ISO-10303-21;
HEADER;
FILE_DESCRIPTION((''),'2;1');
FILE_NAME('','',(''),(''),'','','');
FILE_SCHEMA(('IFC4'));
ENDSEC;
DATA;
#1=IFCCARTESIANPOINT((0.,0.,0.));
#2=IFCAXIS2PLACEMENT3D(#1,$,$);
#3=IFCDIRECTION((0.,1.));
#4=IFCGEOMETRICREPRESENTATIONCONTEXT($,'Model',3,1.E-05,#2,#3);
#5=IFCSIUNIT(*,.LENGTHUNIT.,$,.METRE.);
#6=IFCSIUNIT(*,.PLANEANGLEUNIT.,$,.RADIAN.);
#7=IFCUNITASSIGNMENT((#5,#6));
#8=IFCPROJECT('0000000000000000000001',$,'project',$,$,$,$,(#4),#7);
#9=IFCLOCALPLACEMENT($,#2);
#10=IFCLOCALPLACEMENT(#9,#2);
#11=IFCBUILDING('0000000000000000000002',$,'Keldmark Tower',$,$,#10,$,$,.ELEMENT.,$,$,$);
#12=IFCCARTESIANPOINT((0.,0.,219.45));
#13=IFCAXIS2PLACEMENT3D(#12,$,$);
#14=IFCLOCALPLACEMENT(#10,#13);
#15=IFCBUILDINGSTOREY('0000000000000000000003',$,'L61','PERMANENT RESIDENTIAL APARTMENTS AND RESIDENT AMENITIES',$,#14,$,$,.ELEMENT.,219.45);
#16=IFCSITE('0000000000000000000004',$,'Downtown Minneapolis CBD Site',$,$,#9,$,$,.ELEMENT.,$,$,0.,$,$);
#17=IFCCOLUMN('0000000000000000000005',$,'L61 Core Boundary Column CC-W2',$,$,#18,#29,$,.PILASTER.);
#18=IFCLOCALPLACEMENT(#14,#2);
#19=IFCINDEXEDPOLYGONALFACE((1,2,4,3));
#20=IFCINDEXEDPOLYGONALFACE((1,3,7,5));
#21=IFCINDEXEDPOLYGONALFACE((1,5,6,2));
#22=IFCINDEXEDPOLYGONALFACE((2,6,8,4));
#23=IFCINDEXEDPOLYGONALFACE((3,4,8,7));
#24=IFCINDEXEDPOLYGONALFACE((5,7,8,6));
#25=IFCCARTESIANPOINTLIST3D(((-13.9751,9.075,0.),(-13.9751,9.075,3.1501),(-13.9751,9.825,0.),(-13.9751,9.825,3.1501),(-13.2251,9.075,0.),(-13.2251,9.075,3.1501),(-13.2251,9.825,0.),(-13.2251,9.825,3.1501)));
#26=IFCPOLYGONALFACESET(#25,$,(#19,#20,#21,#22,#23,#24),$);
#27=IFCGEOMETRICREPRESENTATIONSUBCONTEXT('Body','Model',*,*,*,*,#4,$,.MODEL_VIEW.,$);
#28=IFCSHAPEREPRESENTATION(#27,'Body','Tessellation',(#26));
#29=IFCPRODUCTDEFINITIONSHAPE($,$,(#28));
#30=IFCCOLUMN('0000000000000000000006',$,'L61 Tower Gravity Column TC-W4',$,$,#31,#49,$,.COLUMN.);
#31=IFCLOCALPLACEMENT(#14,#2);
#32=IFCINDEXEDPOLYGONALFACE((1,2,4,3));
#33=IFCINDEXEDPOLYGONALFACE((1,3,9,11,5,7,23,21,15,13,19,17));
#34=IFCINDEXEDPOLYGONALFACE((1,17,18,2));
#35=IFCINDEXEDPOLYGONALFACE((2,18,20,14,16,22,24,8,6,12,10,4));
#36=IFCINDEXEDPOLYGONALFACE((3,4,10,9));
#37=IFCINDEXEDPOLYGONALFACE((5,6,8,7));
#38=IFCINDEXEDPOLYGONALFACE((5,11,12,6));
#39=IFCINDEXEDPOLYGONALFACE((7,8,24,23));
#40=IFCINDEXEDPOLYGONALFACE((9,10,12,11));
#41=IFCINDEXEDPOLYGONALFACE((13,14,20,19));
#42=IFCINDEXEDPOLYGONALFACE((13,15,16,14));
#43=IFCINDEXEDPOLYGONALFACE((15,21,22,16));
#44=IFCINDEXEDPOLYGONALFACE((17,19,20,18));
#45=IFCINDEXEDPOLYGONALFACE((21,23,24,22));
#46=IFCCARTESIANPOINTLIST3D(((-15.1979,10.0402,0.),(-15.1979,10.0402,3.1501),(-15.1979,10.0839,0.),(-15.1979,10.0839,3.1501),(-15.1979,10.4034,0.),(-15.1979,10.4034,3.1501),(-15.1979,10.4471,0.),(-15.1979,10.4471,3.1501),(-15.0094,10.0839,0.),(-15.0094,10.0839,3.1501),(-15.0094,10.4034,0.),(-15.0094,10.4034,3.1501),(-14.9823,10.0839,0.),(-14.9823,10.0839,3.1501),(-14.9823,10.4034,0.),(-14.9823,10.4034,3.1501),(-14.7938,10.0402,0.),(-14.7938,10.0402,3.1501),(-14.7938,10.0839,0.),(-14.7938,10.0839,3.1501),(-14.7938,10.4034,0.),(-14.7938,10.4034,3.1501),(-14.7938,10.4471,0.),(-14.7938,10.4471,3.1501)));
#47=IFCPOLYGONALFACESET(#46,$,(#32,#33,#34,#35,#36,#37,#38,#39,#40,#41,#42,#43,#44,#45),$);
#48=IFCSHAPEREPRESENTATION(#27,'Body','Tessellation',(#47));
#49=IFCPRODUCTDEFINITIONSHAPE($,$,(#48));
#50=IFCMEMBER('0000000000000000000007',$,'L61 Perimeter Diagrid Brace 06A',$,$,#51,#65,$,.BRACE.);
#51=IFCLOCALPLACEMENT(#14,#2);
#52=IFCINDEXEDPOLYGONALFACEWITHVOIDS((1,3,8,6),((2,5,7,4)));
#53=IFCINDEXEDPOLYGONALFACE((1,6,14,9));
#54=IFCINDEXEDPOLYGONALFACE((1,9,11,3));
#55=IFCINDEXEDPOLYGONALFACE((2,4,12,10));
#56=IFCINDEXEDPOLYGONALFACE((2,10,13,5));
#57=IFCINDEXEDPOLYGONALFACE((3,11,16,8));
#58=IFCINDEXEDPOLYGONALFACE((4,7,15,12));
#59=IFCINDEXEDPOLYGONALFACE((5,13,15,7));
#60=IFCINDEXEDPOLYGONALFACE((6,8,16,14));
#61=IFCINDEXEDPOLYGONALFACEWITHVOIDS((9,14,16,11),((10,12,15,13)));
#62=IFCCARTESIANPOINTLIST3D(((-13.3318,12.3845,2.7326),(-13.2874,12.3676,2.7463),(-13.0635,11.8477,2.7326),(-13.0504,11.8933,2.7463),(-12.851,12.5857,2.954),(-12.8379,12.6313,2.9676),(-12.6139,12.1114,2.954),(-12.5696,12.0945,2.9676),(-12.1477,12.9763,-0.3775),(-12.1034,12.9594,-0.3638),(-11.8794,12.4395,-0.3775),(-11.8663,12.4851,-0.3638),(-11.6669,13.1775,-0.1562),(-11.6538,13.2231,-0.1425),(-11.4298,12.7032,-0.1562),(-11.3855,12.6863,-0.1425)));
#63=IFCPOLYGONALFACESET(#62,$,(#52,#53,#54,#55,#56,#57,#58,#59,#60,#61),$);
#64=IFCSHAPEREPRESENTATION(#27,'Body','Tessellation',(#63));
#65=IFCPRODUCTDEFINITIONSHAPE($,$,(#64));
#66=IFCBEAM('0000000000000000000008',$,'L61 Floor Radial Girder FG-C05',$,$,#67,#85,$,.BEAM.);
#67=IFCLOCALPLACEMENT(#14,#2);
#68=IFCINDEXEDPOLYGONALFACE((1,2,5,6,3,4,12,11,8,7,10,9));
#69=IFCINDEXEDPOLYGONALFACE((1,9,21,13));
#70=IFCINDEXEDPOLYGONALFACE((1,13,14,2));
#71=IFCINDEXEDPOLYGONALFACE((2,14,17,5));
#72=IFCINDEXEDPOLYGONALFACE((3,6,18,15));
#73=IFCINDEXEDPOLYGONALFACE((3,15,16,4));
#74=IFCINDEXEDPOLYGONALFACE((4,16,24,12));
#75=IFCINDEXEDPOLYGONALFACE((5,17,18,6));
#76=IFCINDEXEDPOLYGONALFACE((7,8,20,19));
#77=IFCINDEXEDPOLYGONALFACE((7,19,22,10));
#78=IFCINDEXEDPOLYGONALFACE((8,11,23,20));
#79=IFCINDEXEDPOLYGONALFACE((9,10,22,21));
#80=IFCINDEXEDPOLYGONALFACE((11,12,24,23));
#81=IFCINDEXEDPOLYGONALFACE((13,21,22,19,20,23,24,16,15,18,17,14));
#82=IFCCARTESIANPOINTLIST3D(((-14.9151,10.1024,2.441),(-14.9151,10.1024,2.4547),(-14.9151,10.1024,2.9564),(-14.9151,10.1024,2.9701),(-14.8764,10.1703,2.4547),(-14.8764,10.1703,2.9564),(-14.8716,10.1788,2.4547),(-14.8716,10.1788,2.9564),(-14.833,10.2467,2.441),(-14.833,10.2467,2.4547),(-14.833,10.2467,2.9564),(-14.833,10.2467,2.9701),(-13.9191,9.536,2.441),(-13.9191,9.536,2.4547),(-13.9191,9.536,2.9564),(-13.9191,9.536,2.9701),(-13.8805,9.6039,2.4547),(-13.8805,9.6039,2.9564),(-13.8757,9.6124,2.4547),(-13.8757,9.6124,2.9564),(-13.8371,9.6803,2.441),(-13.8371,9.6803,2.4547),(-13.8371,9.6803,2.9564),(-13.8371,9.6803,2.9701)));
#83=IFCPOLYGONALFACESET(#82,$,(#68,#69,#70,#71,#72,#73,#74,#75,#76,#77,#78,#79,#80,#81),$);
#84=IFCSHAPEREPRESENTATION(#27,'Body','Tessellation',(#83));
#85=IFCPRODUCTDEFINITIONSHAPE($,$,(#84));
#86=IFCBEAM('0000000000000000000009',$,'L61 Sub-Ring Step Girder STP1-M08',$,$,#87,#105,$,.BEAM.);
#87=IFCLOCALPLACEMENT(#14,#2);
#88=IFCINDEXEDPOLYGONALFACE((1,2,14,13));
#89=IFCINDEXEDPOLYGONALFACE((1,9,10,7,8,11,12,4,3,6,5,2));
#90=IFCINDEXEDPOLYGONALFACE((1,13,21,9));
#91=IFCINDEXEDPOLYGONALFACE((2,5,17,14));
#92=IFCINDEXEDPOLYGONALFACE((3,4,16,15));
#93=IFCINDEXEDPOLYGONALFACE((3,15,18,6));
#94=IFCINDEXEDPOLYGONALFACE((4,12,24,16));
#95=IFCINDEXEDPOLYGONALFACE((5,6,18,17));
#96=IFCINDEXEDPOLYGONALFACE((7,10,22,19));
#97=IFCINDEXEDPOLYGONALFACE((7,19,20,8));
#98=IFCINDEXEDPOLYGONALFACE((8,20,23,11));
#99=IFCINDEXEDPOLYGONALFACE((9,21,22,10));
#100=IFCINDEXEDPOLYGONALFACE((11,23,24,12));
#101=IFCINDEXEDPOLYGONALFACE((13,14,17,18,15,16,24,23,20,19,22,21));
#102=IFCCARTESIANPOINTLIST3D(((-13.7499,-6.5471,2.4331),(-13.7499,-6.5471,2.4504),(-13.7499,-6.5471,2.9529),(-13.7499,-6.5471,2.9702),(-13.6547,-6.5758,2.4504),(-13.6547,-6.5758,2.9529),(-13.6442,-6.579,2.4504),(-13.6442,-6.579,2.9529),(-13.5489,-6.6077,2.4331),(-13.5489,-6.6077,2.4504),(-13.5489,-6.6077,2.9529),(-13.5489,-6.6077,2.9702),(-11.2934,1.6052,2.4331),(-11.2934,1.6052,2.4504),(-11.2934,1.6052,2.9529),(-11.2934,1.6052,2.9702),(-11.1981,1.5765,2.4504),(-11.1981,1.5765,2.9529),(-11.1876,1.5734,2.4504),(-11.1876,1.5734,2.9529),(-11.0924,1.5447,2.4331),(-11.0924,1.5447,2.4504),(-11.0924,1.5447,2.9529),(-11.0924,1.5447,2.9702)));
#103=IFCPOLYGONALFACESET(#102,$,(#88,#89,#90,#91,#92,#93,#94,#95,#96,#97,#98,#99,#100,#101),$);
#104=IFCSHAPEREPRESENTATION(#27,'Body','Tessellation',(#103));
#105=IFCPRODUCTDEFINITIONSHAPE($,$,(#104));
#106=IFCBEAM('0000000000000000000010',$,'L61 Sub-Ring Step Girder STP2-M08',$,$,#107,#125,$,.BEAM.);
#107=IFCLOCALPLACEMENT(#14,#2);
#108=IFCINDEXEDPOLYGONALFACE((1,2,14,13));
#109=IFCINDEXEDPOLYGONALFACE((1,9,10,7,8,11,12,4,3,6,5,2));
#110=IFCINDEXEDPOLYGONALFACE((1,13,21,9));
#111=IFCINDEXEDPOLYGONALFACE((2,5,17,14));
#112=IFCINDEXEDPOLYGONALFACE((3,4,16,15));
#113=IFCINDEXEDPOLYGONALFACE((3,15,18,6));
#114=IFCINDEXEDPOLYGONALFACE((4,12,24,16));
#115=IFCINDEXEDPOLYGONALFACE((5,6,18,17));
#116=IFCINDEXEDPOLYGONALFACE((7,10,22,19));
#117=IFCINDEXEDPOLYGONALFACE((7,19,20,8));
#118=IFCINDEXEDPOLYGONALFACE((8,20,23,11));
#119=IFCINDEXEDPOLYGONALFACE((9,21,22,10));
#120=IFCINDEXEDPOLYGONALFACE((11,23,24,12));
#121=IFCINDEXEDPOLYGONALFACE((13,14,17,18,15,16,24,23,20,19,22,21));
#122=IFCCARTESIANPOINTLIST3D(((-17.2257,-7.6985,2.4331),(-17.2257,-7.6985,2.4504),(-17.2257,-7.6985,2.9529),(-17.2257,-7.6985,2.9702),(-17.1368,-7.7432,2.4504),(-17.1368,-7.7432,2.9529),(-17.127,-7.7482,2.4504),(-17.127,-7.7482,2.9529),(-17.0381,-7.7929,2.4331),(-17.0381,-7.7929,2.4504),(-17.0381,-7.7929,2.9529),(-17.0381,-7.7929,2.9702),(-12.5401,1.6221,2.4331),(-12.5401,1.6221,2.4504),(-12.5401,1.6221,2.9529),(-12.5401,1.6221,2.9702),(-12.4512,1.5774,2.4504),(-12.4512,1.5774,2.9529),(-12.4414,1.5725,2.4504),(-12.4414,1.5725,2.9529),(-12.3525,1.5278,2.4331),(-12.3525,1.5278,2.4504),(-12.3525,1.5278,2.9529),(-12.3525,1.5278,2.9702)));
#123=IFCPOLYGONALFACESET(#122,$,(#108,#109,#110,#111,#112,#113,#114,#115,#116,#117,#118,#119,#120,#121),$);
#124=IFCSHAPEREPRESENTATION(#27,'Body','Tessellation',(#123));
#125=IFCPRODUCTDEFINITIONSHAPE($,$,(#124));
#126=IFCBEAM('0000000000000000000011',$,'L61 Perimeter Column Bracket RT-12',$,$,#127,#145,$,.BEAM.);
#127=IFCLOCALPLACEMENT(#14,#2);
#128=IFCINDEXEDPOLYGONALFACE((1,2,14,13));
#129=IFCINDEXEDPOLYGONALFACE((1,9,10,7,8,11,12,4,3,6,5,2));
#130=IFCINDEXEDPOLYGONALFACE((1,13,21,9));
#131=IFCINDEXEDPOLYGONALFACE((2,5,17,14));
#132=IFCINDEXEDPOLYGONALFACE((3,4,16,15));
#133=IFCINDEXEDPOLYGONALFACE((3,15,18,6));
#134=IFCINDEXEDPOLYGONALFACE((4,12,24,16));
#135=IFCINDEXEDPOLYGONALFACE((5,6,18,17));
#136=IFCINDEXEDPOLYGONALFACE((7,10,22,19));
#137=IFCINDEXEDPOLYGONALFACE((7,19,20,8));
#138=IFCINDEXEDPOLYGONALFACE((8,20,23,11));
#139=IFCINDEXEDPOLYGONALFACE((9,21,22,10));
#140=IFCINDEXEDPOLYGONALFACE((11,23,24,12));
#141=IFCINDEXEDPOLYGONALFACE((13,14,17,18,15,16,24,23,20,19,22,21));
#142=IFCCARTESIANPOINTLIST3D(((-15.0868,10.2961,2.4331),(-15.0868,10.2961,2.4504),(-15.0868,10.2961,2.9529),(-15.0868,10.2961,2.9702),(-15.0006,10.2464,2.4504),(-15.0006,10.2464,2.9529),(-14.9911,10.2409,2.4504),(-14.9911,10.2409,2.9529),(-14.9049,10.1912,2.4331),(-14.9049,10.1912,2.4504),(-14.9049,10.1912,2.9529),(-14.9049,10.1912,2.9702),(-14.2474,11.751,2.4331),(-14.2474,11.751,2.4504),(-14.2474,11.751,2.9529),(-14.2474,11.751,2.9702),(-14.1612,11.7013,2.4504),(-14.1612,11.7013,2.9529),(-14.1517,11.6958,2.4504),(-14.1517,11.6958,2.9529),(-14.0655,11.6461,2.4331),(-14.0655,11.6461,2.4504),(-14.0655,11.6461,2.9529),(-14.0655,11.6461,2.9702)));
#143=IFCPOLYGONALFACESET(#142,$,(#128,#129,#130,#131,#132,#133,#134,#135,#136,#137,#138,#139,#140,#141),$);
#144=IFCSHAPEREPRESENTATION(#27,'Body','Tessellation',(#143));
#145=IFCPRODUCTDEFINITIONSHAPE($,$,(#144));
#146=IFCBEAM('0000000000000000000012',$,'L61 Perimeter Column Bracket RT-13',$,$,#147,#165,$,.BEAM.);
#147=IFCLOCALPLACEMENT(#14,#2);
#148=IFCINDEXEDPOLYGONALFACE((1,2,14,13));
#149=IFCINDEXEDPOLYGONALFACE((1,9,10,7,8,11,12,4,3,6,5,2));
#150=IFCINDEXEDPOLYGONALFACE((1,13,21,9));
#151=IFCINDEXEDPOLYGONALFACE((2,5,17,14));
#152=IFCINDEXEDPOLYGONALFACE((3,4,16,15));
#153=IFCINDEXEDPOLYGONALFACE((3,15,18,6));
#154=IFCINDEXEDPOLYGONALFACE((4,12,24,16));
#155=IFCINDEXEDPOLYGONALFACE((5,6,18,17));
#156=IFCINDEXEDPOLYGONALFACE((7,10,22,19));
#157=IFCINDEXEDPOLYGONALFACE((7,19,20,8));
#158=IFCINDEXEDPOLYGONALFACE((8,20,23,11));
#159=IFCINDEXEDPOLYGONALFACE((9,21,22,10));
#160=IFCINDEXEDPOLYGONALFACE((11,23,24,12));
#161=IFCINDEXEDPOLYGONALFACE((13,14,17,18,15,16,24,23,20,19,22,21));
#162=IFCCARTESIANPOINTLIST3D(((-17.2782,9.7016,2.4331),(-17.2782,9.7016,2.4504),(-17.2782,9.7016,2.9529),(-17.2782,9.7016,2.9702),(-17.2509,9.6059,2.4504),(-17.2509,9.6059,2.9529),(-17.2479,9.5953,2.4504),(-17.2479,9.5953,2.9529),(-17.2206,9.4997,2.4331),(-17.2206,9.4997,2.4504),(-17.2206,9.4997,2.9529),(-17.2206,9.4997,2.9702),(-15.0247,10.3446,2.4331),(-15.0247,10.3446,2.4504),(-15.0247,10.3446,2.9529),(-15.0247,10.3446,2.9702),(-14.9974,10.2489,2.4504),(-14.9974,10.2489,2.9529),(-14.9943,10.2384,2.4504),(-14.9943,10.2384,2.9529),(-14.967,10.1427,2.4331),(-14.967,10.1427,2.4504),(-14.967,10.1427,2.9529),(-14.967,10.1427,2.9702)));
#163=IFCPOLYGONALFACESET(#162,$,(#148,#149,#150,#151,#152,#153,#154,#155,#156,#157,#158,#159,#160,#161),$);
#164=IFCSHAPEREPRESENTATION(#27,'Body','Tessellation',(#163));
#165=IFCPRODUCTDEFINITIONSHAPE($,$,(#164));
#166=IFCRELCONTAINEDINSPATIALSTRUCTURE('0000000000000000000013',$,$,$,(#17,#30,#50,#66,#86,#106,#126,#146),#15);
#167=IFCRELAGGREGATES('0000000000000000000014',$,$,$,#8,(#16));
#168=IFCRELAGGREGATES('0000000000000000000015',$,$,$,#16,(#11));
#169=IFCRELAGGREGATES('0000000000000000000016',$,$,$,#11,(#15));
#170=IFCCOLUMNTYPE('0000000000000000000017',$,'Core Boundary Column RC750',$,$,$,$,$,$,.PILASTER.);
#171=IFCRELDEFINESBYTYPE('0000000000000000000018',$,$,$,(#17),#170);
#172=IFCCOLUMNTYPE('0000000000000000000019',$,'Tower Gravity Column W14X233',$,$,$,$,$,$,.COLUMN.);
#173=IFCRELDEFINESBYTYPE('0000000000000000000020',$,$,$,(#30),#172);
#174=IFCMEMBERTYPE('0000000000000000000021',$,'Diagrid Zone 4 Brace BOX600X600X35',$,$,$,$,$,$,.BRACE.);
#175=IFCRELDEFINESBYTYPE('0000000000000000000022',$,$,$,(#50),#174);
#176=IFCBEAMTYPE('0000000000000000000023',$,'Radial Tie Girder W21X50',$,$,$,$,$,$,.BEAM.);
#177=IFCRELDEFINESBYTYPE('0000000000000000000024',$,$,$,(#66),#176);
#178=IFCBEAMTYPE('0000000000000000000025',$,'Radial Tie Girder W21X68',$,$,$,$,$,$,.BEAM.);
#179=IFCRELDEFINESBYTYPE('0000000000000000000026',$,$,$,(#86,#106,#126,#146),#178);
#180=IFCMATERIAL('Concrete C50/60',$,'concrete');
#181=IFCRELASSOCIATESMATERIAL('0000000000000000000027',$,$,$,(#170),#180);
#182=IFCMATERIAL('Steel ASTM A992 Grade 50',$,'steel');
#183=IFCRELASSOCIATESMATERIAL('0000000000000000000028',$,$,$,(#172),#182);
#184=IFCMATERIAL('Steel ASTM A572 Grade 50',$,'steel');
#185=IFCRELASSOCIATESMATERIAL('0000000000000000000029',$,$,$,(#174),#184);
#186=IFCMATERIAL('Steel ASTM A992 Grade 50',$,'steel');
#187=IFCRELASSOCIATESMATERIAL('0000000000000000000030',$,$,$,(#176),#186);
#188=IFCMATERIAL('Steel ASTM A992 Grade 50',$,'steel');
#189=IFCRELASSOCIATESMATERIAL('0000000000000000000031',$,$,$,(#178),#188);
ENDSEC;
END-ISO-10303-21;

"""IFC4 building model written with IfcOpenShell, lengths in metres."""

from ifc_helpers import new_model, si_unit, direction, frame, origin, origin_2d, place, context, subcontext, project, spatial, rectangle, hollow_rectangle, i_section, extrude, material, material_profile, profile_set, type_object, element, save


model = new_model("IFC4")

# Units and contexts
model_context = context("Model", 3, precision=1e-05, world=origin(), true_north=direction((0.0, 1.0)))
body_context = subcontext(model_context, "Body", "Model", "MODEL_VIEW")
ifc_project = project(units=[si_unit("LENGTHUNIT", "METRE"), si_unit("PLANEANGLEUNIT", "RADIAN")], contexts=[model_context])

# Site, building, storey
site_placement = place(None, origin())
site = spatial("IfcSite", under=ifc_project, at=site_placement, Name="Downtown Minneapolis CBD Site", CompositionType="ELEMENT", RefElevation=0.0)
building_placement = place(site_placement, origin())
building = spatial("IfcBuilding", under=site, at=building_placement, Name="Keldmark Tower", CompositionType="ELEMENT")
storey_placement = place(building_placement, frame((0.0, 0.0, 219.45)))
storey = spatial("IfcBuildingStorey", under=building, at=storey_placement, Name="L61", Description="PERMANENT RESIDENTIAL APARTMENTS AND RESIDENT AMENITIES", CompositionType="ELEMENT", Elevation=219.45)

# Columns
ifc_material_1 = material(Name="Concrete C50/60", Category="concrete")
ifc_material_profile_1 = material_profile(ifc_material_1, rectangle(XDim=0.75, YDim=0.75, at=origin_2d()), Name="RC750X750")
ifc_profile_set_1 = profile_set([ifc_material_profile_1], Name="Concrete C50/60")
column_type_1 = type_object("IfcColumnType", Name="Core Boundary Column RC750", PredefinedType="PILASTER", material=ifc_profile_set_1)
column_1_placement = place(storey_placement, frame((-13.6001, 9.45, 0.0), z_axis=(0.0, 0.0, 1.0), x_axis=(1.0, 0.0, 0.0)))
element("IfcColumn", 1, at=column_1_placement, inside=storey, type_object=column_type_1, Name="L61 Core Boundary Column CC-W2", PredefinedType="PILASTER", context=body_context, shape_type="SweptSolid", body=[
    extrude(rectangle(XDim=0.75, YDim=0.75, at=origin_2d()), origin(), (0.0, 0.0, 1.0), 3.1501),
])
ifc_material_2 = material(Name="Steel ASTM A992 Grade 50", Category="steel")
ifc_material_profile_2 = material_profile(ifc_material_2, i_section(OverallWidth=0.4041, OverallDepth=0.407, WebThickness=0.0271, FlangeThickness=0.0437, at=origin_2d()), Name="W14X233")
ifc_profile_set_2 = profile_set([ifc_material_profile_2], Name="Steel ASTM A992 Grade 50")
column_type_2 = type_object("IfcColumnType", Name="Tower Gravity Column W14X233", PredefinedType="COLUMN", material=ifc_profile_set_2)
column_2_placement = place(storey_placement, frame((-14.9958, 10.2437, 0.0), z_axis=(0.0, 0.0, 1.0), x_axis=(1.0, 0.0, 0.0)))
element("IfcColumn", 2, at=column_2_placement, inside=storey, type_object=column_type_2, Name="L61 Tower Gravity Column TC-W4", PredefinedType="COLUMN", context=body_context, shape_type="SweptSolid", body=[
    extrude(i_section(OverallWidth=0.4041, OverallDepth=0.407, WebThickness=0.0271, FlangeThickness=0.0437, at=origin_2d()), origin(), (0.0, 0.0, 1.0), 3.1501),
])

# Member
ifc_material_3 = material(Name="Steel ASTM A572 Grade 50", Category="steel")
ifc_material_profile_3 = material_profile(ifc_material_3, hollow_rectangle(XDim=0.6001, YDim=0.6001, WallThickness=0.0349, at=origin_2d()), Name="BOX600X600X35")
ifc_profile_set_3 = profile_set([ifc_material_profile_3], Name="Steel ASTM A572 Grade 50")
member_type = type_object("IfcMemberType", Name="Diagrid Zone 4 Brace BOX600X600X35", PredefinedType="BRACE", material=ifc_profile_set_3)
member_placement = place(storey_placement, frame((-11.7666, 12.8313, -0.26), z_axis=(-0.35031, -0.175083, 0.920124), x_axis=(0.447066, -0.894501, 0.0)))
element("IfcMember", 3, at=member_placement, inside=storey, type_object=member_type, Name="L61 Perimeter Diagrid Brace 06A", PredefinedType="BRACE", context=body_context, shape_type="SweptSolid", body=[
    extrude(hollow_rectangle(XDim=0.6001, YDim=0.6001, WallThickness=0.0349, at=origin_2d()), origin(), (0.0, 0.0, 1.0), 3.3801),
])

# Beams
ifc_material_4 = material(Name="Steel ASTM A992 Grade 50", Category="steel")
ifc_material_profile_4 = material_profile(ifc_material_4, i_section(OverallWidth=0.166, OverallDepth=0.5291, WebThickness=0.0098, FlangeThickness=0.0137, at=origin_2d()), Name="W21X50")
ifc_profile_set_4 = profile_set([ifc_material_profile_4], Name="Steel ASTM A992 Grade 50")
beam_type_1 = type_object("IfcBeamType", Name="Radial Tie Girder W21X50", PredefinedType="BEAM", material=ifc_profile_set_4)
beam_1_placement = place(storey_placement, frame((-14.874, 10.1746, 2.7056), z_axis=(0.869238, -0.494394, 0.0), x_axis=(0.494394, 0.869238, 0.0)))
element("IfcBeam", 4, at=beam_1_placement, inside=storey, type_object=beam_type_1, Name="L61 Floor Radial Girder FG-C05", PredefinedType="BEAM", context=body_context, shape_type="SweptSolid", body=[
    extrude(i_section(OverallWidth=0.166, OverallDepth=0.5291, WebThickness=0.0098, FlangeThickness=0.0137, at=origin_2d()), origin(), (0.0, 0.0, 1.0), 1.1458),
])
ifc_material_5 = material(Name="Steel ASTM A992 Grade 50", Category="steel")
ifc_material_profile_5 = material_profile(ifc_material_5, i_section(OverallWidth=0.21, OverallDepth=0.5371, WebThickness=0.011, FlangeThickness=0.0173, at=origin_2d()), Name="W21X68")
ifc_profile_set_5 = profile_set([ifc_material_profile_5], Name="Steel ASTM A992 Grade 50")
beam_type_2 = type_object("IfcBeamType", Name="Radial Tie Girder W21X68", PredefinedType="BEAM", material=ifc_profile_set_5)
beam_2_placement = place(storey_placement, frame((-11.1929, 1.575, 2.7017), z_axis=(-0.288516, -0.957475, 0.0), x_axis=(0.957475, -0.288516, 0.0)))
element("IfcBeam", 5, at=beam_2_placement, inside=storey, type_object=beam_type_2, Name="L61 Sub-Ring Step Girder STP1-M08", PredefinedType="BEAM", context=body_context, shape_type="SweptSolid", body=[
    extrude(i_section(OverallWidth=0.21, OverallDepth=0.5371, WebThickness=0.011, FlangeThickness=0.0173, at=origin_2d()), origin(), (0.0, 0.0, 1.0), 8.5144),
])
beam_3_placement = place(storey_placement, frame((-12.4463, 1.575, 2.7017), z_axis=(-0.44915, -0.893456, 0.0), x_axis=(0.893456, -0.44915, 0.0)))
element("IfcBeam", 6, at=beam_3_placement, inside=storey, type_object=beam_type_2, Name="L61 Sub-Ring Step Girder STP2-M08", PredefinedType="BEAM", context=body_context, shape_type="SweptSolid", body=[
    extrude(i_section(OverallWidth=0.21, OverallDepth=0.5371, WebThickness=0.011, FlangeThickness=0.0173, at=origin_2d()), origin(), (0.0, 0.0, 1.0), 10.4321),
])
beam_4_placement = place(storey_placement, frame((-14.9958, 10.2437, 2.7017), z_axis=(0.499735, 0.866178, 0.0), x_axis=(-0.866178, 0.499735, 0.0)))
element("IfcBeam", 7, at=beam_4_placement, inside=storey, type_object=beam_type_2, Name="L61 Perimeter Column Bracket RT-12", PredefinedType="BEAM", context=body_context, shape_type="SweptSolid", body=[
    extrude(i_section(OverallWidth=0.21, OverallDepth=0.5371, WebThickness=0.011, FlangeThickness=0.0173, at=origin_2d()), origin(), (0.0, 0.0, 1.0), 1.6797),
])
beam_5_placement = place(storey_placement, frame((-14.9958, 10.2437, 2.7017), z_axis=(-0.961618, -0.274391, 0.0), x_axis=(0.274391, -0.961618, 0.0)))
element("IfcBeam", 8, at=beam_5_placement, inside=storey, type_object=beam_type_2, Name="L61 Perimeter Column Bracket RT-13", PredefinedType="BEAM", context=body_context, shape_type="SweptSolid", body=[
    extrude(i_section(OverallWidth=0.21, OverallDepth=0.5371, WebThickness=0.011, FlangeThickness=0.0173, at=origin_2d()), origin(), (0.0, 0.0, 1.0), 2.3435),
])

save(model, "model.ifc")
